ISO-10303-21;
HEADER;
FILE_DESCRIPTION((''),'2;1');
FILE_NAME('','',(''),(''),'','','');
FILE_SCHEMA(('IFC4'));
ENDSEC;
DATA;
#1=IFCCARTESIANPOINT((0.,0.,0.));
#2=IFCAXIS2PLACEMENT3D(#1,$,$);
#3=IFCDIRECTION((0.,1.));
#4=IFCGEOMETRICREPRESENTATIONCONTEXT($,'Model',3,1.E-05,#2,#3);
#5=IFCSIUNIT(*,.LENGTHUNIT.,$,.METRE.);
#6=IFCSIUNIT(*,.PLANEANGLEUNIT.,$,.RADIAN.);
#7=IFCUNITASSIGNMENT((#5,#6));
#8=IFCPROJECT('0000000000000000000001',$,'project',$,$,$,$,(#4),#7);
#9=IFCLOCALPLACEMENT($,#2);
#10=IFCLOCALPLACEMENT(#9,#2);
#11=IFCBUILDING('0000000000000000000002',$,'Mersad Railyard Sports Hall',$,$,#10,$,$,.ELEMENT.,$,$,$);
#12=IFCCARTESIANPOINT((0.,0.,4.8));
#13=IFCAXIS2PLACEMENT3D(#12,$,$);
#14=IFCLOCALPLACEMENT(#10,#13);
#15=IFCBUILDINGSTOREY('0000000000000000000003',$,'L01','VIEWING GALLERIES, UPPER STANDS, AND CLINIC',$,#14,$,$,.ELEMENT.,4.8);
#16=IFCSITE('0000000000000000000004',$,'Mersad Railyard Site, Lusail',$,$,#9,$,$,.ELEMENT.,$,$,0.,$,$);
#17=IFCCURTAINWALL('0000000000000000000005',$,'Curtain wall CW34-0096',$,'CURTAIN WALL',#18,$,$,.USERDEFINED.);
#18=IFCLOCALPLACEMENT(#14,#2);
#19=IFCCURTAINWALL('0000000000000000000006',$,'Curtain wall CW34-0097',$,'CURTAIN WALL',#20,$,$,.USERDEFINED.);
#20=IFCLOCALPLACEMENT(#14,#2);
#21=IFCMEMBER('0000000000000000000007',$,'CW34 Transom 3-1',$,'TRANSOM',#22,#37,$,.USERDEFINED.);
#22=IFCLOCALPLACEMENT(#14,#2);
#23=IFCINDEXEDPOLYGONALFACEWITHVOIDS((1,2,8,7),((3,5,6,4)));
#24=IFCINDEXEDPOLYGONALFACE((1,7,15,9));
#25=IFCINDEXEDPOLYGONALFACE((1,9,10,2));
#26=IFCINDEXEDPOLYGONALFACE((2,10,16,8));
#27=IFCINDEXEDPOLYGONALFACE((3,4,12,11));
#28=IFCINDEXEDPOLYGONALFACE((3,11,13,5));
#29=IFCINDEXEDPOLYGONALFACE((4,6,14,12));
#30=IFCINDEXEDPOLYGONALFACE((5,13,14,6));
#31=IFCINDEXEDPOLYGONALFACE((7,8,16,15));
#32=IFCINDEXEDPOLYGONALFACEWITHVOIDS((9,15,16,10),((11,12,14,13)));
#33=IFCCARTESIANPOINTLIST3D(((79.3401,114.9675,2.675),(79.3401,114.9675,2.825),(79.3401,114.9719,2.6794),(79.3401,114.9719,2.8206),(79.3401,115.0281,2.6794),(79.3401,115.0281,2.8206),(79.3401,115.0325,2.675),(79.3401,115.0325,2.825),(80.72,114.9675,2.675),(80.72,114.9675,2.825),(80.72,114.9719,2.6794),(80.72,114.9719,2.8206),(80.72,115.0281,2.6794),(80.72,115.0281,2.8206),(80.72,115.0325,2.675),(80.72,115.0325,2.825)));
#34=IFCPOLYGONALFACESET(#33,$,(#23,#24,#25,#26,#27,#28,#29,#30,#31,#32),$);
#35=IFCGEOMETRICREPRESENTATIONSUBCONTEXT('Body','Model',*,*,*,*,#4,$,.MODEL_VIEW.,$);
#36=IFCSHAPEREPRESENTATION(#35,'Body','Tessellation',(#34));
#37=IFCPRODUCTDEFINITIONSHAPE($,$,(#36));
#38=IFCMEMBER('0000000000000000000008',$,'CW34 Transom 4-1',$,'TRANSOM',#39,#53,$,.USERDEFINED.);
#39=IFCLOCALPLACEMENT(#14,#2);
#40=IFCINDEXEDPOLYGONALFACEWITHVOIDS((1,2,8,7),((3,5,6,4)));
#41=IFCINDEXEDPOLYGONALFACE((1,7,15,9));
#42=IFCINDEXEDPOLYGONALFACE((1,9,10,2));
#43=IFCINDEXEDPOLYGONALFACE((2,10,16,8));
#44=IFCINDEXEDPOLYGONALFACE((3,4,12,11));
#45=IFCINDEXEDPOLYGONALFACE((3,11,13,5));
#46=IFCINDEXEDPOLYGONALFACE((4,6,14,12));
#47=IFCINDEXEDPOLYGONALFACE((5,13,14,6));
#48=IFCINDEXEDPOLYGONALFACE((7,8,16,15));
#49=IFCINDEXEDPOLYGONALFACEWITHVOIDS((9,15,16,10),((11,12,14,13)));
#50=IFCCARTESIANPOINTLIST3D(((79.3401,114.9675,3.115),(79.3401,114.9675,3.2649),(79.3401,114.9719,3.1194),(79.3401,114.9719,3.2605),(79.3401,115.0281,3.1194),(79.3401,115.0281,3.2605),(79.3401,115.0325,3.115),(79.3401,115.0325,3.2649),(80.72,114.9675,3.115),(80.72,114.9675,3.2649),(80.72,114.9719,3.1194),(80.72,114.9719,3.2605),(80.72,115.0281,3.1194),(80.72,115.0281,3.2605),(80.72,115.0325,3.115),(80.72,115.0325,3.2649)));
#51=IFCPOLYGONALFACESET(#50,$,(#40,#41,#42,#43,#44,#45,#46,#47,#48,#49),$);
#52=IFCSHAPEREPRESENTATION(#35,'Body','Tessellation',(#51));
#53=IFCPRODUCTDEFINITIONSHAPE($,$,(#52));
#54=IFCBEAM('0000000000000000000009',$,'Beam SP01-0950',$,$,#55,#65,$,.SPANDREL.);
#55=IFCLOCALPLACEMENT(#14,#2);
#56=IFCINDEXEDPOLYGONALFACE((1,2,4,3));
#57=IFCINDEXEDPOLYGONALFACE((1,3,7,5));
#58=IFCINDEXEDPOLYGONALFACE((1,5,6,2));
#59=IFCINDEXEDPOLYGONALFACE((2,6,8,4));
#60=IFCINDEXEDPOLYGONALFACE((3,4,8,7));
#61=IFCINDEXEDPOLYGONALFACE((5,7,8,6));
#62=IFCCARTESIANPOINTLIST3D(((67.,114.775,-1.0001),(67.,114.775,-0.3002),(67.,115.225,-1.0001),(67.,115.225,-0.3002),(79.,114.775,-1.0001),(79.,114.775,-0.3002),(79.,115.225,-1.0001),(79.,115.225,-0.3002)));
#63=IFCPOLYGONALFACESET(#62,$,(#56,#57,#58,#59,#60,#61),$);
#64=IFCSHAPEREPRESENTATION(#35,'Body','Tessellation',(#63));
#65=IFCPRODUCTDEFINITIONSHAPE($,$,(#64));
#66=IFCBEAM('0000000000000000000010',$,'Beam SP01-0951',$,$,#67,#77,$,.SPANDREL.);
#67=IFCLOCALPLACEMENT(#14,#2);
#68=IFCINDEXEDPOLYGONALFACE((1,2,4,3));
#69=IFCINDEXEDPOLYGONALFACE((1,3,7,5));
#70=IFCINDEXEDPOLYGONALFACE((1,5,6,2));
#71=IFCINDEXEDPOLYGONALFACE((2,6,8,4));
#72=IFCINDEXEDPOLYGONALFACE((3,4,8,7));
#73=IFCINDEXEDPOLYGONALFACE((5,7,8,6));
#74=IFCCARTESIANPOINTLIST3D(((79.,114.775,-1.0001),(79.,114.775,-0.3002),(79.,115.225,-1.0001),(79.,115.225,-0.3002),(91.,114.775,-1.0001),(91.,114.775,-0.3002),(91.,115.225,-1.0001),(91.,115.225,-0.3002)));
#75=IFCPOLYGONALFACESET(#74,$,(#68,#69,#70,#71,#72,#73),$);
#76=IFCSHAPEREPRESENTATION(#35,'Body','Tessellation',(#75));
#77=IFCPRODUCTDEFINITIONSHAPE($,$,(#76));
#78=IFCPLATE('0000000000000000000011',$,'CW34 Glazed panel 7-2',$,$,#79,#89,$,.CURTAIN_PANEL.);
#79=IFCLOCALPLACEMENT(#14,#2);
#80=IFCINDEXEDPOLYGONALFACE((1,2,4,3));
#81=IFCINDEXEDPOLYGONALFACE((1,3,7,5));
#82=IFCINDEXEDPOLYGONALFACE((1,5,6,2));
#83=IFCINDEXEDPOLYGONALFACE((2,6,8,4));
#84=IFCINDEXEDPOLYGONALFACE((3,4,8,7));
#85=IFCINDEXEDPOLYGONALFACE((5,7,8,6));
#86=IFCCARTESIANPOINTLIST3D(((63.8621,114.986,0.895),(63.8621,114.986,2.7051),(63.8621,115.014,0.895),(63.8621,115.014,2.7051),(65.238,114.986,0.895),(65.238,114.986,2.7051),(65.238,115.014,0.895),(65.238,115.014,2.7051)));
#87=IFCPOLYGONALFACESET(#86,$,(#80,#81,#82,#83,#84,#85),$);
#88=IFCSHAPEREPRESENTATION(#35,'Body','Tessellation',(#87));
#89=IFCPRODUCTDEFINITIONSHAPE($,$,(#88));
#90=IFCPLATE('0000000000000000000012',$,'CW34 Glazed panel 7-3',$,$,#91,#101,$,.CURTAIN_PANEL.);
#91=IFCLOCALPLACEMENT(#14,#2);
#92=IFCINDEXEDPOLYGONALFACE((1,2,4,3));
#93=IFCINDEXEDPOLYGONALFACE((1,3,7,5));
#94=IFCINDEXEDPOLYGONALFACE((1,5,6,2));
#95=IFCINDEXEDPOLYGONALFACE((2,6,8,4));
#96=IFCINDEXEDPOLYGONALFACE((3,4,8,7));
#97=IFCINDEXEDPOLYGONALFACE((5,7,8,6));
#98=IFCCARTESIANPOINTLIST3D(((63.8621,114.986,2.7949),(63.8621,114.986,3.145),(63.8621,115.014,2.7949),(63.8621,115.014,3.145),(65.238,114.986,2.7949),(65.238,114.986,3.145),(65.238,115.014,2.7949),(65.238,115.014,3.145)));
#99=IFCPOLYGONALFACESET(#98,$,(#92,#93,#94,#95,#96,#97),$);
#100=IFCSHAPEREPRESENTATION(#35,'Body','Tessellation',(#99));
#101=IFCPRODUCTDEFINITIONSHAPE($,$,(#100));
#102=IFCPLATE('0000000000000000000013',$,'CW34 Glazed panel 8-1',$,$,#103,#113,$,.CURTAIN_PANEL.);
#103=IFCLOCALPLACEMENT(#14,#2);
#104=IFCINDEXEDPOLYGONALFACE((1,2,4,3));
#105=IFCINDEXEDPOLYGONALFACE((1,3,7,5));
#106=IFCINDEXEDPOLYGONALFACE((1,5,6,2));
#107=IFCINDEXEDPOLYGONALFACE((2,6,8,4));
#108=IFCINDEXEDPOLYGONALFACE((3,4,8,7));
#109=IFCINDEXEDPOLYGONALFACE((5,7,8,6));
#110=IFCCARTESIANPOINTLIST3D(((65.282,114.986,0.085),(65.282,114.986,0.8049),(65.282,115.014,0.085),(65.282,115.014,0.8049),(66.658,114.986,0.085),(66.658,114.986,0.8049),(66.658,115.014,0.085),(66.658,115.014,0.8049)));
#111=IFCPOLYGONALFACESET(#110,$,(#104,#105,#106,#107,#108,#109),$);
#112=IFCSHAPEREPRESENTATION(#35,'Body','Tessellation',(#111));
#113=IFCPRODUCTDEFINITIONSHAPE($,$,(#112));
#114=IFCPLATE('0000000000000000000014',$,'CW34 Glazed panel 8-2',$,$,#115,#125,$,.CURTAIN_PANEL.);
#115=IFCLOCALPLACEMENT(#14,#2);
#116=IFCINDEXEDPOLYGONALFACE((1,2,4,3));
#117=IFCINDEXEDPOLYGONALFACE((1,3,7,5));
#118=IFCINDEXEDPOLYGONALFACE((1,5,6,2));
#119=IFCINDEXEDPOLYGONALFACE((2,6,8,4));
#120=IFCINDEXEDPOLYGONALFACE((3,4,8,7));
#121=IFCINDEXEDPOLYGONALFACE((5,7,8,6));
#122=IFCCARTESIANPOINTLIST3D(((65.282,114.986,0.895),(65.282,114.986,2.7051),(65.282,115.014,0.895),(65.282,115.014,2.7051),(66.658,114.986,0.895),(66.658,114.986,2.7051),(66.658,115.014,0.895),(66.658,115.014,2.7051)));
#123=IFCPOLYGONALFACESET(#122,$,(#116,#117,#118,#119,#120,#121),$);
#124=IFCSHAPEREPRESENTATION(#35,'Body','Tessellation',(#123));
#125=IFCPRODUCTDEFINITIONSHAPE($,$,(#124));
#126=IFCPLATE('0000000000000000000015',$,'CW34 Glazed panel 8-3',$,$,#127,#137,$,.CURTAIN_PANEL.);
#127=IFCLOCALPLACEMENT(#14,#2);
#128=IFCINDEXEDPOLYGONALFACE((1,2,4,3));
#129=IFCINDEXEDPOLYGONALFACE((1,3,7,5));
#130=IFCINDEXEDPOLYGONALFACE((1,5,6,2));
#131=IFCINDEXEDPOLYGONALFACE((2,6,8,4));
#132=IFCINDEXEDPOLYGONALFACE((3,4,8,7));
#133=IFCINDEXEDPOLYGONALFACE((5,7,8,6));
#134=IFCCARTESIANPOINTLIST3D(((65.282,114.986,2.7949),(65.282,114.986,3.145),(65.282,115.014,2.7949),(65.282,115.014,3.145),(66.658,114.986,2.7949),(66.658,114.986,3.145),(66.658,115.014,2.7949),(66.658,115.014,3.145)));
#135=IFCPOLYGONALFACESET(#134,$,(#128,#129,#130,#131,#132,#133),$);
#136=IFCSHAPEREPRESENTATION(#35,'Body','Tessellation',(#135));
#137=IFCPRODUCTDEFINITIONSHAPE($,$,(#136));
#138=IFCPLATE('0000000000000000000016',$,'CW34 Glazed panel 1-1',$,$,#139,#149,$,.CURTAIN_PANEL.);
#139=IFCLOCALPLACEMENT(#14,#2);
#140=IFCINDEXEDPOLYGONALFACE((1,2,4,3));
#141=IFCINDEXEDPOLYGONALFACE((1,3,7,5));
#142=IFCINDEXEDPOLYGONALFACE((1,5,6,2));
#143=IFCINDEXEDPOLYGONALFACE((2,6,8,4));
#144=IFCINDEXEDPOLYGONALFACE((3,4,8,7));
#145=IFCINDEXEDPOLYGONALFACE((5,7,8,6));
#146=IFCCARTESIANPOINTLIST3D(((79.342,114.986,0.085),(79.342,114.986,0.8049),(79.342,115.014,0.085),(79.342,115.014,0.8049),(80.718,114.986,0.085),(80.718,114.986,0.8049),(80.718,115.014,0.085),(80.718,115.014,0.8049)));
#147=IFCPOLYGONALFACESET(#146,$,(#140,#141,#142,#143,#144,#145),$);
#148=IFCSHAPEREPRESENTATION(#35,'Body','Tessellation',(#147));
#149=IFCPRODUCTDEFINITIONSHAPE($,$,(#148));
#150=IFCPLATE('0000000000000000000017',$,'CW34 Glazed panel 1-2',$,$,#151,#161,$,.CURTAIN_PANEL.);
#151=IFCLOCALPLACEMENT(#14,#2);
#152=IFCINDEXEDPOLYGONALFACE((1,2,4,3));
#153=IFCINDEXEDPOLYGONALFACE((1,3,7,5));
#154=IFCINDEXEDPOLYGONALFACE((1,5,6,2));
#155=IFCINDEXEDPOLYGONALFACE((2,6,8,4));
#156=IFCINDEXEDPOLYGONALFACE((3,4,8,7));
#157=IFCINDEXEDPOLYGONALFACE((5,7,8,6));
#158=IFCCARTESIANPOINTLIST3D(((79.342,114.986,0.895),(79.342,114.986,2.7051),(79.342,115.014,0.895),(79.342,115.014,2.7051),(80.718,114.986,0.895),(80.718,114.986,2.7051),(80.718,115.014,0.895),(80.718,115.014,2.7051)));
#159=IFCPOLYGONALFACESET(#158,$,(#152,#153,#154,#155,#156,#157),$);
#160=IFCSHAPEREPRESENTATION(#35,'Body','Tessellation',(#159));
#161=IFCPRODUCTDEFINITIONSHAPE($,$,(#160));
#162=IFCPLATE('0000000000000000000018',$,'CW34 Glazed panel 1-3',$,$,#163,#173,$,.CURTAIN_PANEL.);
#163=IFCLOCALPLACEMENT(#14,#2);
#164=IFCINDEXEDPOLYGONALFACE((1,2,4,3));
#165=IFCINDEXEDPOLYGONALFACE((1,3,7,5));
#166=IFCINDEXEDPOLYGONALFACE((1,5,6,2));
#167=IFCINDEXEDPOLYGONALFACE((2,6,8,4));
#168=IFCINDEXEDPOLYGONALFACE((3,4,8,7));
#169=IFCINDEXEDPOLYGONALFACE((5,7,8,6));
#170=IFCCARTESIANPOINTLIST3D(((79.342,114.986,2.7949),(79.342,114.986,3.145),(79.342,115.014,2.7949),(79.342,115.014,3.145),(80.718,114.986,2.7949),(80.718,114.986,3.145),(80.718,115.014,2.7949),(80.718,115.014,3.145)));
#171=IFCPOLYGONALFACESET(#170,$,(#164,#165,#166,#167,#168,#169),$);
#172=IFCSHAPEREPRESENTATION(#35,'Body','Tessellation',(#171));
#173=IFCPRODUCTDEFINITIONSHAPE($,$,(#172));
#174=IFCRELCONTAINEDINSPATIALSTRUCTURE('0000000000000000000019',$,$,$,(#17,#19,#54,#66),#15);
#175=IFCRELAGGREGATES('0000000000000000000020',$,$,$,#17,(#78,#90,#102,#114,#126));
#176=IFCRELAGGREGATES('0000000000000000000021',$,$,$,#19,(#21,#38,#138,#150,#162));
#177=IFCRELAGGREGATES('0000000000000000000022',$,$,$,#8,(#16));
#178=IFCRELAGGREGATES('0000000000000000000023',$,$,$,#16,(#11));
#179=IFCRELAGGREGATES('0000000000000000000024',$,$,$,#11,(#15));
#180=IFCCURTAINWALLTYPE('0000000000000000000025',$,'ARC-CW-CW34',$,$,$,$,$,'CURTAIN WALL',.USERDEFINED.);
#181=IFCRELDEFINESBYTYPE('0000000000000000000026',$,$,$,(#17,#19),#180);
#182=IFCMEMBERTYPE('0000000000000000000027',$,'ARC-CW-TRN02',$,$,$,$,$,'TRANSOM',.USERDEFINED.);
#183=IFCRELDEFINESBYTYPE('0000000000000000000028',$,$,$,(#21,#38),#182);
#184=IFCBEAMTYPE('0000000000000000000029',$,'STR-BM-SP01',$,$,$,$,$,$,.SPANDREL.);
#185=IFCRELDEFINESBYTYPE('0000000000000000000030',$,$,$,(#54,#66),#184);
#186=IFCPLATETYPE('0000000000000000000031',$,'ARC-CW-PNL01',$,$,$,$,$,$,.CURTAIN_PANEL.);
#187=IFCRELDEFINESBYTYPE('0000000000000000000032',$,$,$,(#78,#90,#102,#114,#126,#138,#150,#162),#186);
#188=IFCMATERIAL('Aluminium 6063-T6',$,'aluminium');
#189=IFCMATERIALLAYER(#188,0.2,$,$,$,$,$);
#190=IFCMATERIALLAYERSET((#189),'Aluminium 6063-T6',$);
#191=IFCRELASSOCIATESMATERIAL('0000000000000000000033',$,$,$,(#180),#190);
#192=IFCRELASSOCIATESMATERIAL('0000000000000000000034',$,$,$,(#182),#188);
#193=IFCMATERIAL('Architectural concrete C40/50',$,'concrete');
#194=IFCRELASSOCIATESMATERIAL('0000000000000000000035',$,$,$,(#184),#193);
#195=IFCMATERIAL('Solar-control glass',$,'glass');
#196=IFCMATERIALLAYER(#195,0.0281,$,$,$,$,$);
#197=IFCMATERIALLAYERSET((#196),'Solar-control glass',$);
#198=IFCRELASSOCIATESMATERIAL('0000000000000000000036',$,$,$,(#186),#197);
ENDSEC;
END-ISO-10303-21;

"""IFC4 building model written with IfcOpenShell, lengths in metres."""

from ifc_helpers import new_model, si_unit, direction, frame, origin, origin_2d, place, context, subcontext, project, spatial, rectangle, hollow_rectangle, extrude, material, layer, layer_set, material_profile, profile_set, type_object, element, aggregate, save


model = new_model("IFC4")

# Units and contexts
model_context = context("Model", 3, precision=1e-05, world=origin(), true_north=direction((0.0, 1.0)))
body_context = subcontext(model_context, "Body", "Model", "MODEL_VIEW")
ifc_project = project(units=[si_unit("LENGTHUNIT", "METRE"), si_unit("PLANEANGLEUNIT", "RADIAN")], contexts=[model_context])

# Site, building, storey
site_placement = place(None, origin())
site = spatial("IfcSite", under=ifc_project, at=site_placement, Name="Mersad Railyard Site, Lusail", CompositionType="ELEMENT", RefElevation=0.0)
building_placement = place(site_placement, origin())
building = spatial("IfcBuilding", under=site, at=building_placement, Name="Mersad Railyard Sports Hall", CompositionType="ELEMENT")
storey_placement = place(building_placement, frame((0.0, 0.0, 4.8)))
storey = spatial("IfcBuildingStorey", under=building, at=storey_placement, Name="L01", Description="VIEWING GALLERIES, UPPER STANDS, AND CLINIC", CompositionType="ELEMENT", Elevation=4.8)

# Curtain wall
ifc_material_1 = material(Name="Aluminium 6063-T6", Category="aluminium")
ifc_layer_1 = layer(ifc_material_1, 0.2)
ifc_layer_set_1 = layer_set([ifc_layer_1], Name="Aluminium 6063-T6")
curtain_wall_type = type_object("IfcCurtainWallType", Name="ARC-CW-CW34", ElementType="CURTAIN WALL", PredefinedType="USERDEFINED", material=ifc_layer_set_1)
curtain_wall_1_placement = place(storey_placement, origin())
curtain_wall_1 = element("IfcCurtainWall", 1, at=curtain_wall_1_placement, inside=storey, type_object=curtain_wall_type, Name="Curtain wall CW34-0096", ObjectType="CURTAIN WALL", PredefinedType="USERDEFINED")

# Curtain wall
curtain_wall_2_placement = place(storey_placement, origin())
curtain_wall_2 = element("IfcCurtainWall", 2, at=curtain_wall_2_placement, inside=storey, type_object=curtain_wall_type, Name="Curtain wall CW34-0097", ObjectType="CURTAIN WALL", PredefinedType="USERDEFINED")

# Members
ifc_material_profile_1 = material_profile(ifc_material_1, hollow_rectangle(XDim=0.0649, YDim=0.1499, WallThickness=0.0044, at=origin_2d()), Name="AL TRANSOM 65x150x4.5")
ifc_profile_set_1 = profile_set([ifc_material_profile_1], Name="Aluminium 6063-T6")
member_type_1 = type_object("IfcMemberType", Name="ARC-CW-TRN02", ElementType="TRANSOM", PredefinedType="USERDEFINED", material=ifc_profile_set_1)
member_1_placement = place(storey_placement, frame((79.3401, 115.0, 2.75), z_axis=(1.0, 0.0, 0.0), x_axis=(0.0, 1.0, 0.0)))
member_1 = element("IfcMember", 3, at=member_1_placement, type_object=member_type_1, Name="CW34 Transom 3-1", ObjectType="TRANSOM", PredefinedType="USERDEFINED", context=body_context, shape_type="SweptSolid", body=[
    extrude(hollow_rectangle(XDim=0.0649, YDim=0.1499, WallThickness=0.0044, at=origin_2d()), origin(), (0.0, 0.0, 1.0), 1.3799),
])
member_2_placement = place(storey_placement, frame((79.3401, 115.0, 3.1899), z_axis=(1.0, 0.0, 0.0), x_axis=(0.0, 1.0, 0.0)))
member_2 = element("IfcMember", 4, at=member_2_placement, type_object=member_type_1, Name="CW34 Transom 4-1", ObjectType="TRANSOM", PredefinedType="USERDEFINED", context=body_context, shape_type="SweptSolid", body=[
    extrude(hollow_rectangle(XDim=0.0649, YDim=0.1499, WallThickness=0.0044, at=origin_2d()), origin(), (0.0, 0.0, 1.0), 1.3799),
])

# Beams
ifc_material_2 = material(Name="Architectural concrete C40/50", Category="concrete")
ifc_material_profile_2 = material_profile(ifc_material_2, rectangle(XDim=0.45, YDim=0.7, at=origin_2d()), Name="RC 450x700")
ifc_profile_set_2 = profile_set([ifc_material_profile_2], Name="Architectural concrete C40/50")
beam_type = type_object("IfcBeamType", Name="STR-BM-SP01", PredefinedType="SPANDREL", material=ifc_profile_set_2)
for number, where, z_axis, x_axis, name in (
    (5, (67.0, 115.0, -0.6501), (1.0, 0.0, 0.0), (0.0, 1.0, 0.0), "Beam SP01-0950"),
    (6, (79.0, 115.0, -0.6501), (1.0, 0.0, 0.0), (0.0, 1.0, 0.0), "Beam SP01-0951"),
):
    element("IfcBeam", number, at=place(storey_placement, frame(where, z_axis=z_axis, x_axis=x_axis)), inside=storey, type_object=beam_type, Name=name, PredefinedType="SPANDREL", context=body_context, shape_type="SweptSolid", body=[
        extrude(rectangle(XDim=0.45, YDim=0.7, at=origin_2d()), origin(), (0.0, 0.0, 1.0), 12.0),
    ])

# Plates
ifc_material_3 = material(Name="Solar-control glass", Category="glass")
ifc_layer_2 = layer(ifc_material_3, 0.0281)
ifc_layer_set_2 = layer_set([ifc_layer_2], Name="Solar-control glass")
plate_type = type_object("IfcPlateType", Name="ARC-CW-PNL01", PredefinedType="CURTAIN_PANEL", material=ifc_layer_set_2)
plate_1_placement = place(storey_placement, frame((64.55, 115.0, 0.895), z_axis=(0.0, 0.0, 1.0), x_axis=(1.0, 0.0, 0.0)))
plate_1 = element("IfcPlate", 7, at=plate_1_placement, type_object=plate_type, Name="CW34 Glazed panel 7-2", PredefinedType="CURTAIN_PANEL", context=body_context, shape_type="SweptSolid", body=[
    extrude(rectangle(XDim=1.376, YDim=0.0281, at=origin_2d()), origin(), (0.0, 0.0, 1.0), 1.8101),
])
plate_2_placement = place(storey_placement, frame((64.55, 115.0, 2.7949), z_axis=(0.0, 0.0, 1.0), x_axis=(1.0, 0.0, 0.0)))
plate_2 = element("IfcPlate", 8, at=plate_2_placement, type_object=plate_type, Name="CW34 Glazed panel 7-3", PredefinedType="CURTAIN_PANEL", context=body_context, shape_type="SweptSolid", body=[
    extrude(rectangle(XDim=1.376, YDim=0.0281, at=origin_2d()), origin(), (0.0, 0.0, 1.0), 0.3501),
])
plate_3_placement = place(storey_placement, frame((65.97, 115.0, 0.085), z_axis=(0.0, 0.0, 1.0), x_axis=(1.0, 0.0, 0.0)))
plate_3 = element("IfcPlate", 9, at=plate_3_placement, type_object=plate_type, Name="CW34 Glazed panel 8-1", PredefinedType="CURTAIN_PANEL", context=body_context, shape_type="SweptSolid", body=[
    extrude(rectangle(XDim=1.376, YDim=0.0281, at=origin_2d()), origin(), (0.0, 0.0, 1.0), 0.72),
])
plate_4_placement = place(storey_placement, frame((65.97, 115.0, 0.895), z_axis=(0.0, 0.0, 1.0), x_axis=(1.0, 0.0, 0.0)))
plate_4 = element("IfcPlate", 10, at=plate_4_placement, type_object=plate_type, Name="CW34 Glazed panel 8-2", PredefinedType="CURTAIN_PANEL", context=body_context, shape_type="SweptSolid", body=[
    extrude(rectangle(XDim=1.376, YDim=0.0281, at=origin_2d()), origin(), (0.0, 0.0, 1.0), 1.8101),
])
plate_5_placement = place(storey_placement, frame((65.97, 115.0, 2.7949), z_axis=(0.0, 0.0, 1.0), x_axis=(1.0, 0.0, 0.0)))
plate_5 = element("IfcPlate", 11, at=plate_5_placement, type_object=plate_type, Name="CW34 Glazed panel 8-3", PredefinedType="CURTAIN_PANEL", context=body_context, shape_type="SweptSolid", body=[
    extrude(rectangle(XDim=1.376, YDim=0.0281, at=origin_2d()), origin(), (0.0, 0.0, 1.0), 0.3501),
])
aggregate(curtain_wall_1, [plate_1, plate_2, plate_3, plate_4, plate_5])
plate_6_placement = place(storey_placement, frame((80.03, 115.0, 0.085), z_axis=(0.0, 0.0, 1.0), x_axis=(1.0, 0.0, 0.0)))
plate_6 = element("IfcPlate", 12, at=plate_6_placement, type_object=plate_type, Name="CW34 Glazed panel 1-1", PredefinedType="CURTAIN_PANEL", context=body_context, shape_type="SweptSolid", body=[
    extrude(rectangle(XDim=1.376, YDim=0.0281, at=origin_2d()), origin(), (0.0, 0.0, 1.0), 0.72),
])
plate_7_placement = place(storey_placement, frame((80.03, 115.0, 0.895), z_axis=(0.0, 0.0, 1.0), x_axis=(1.0, 0.0, 0.0)))
plate_7 = element("IfcPlate", 13, at=plate_7_placement, type_object=plate_type, Name="CW34 Glazed panel 1-2", PredefinedType="CURTAIN_PANEL", context=body_context, shape_type="SweptSolid", body=[
    extrude(rectangle(XDim=1.376, YDim=0.0281, at=origin_2d()), origin(), (0.0, 0.0, 1.0), 1.8101),
])
plate_8_placement = place(storey_placement, frame((80.03, 115.0, 2.7949), z_axis=(0.0, 0.0, 1.0), x_axis=(1.0, 0.0, 0.0)))
plate_8 = element("IfcPlate", 14, at=plate_8_placement, type_object=plate_type, Name="CW34 Glazed panel 1-3", PredefinedType="CURTAIN_PANEL", context=body_context, shape_type="SweptSolid", body=[
    extrude(rectangle(XDim=1.376, YDim=0.0281, at=origin_2d()), origin(), (0.0, 0.0, 1.0), 0.3501),
])
aggregate(curtain_wall_2, [member_1, member_2, plate_6, plate_7, plate_8])

save(model, "model.ifc")
